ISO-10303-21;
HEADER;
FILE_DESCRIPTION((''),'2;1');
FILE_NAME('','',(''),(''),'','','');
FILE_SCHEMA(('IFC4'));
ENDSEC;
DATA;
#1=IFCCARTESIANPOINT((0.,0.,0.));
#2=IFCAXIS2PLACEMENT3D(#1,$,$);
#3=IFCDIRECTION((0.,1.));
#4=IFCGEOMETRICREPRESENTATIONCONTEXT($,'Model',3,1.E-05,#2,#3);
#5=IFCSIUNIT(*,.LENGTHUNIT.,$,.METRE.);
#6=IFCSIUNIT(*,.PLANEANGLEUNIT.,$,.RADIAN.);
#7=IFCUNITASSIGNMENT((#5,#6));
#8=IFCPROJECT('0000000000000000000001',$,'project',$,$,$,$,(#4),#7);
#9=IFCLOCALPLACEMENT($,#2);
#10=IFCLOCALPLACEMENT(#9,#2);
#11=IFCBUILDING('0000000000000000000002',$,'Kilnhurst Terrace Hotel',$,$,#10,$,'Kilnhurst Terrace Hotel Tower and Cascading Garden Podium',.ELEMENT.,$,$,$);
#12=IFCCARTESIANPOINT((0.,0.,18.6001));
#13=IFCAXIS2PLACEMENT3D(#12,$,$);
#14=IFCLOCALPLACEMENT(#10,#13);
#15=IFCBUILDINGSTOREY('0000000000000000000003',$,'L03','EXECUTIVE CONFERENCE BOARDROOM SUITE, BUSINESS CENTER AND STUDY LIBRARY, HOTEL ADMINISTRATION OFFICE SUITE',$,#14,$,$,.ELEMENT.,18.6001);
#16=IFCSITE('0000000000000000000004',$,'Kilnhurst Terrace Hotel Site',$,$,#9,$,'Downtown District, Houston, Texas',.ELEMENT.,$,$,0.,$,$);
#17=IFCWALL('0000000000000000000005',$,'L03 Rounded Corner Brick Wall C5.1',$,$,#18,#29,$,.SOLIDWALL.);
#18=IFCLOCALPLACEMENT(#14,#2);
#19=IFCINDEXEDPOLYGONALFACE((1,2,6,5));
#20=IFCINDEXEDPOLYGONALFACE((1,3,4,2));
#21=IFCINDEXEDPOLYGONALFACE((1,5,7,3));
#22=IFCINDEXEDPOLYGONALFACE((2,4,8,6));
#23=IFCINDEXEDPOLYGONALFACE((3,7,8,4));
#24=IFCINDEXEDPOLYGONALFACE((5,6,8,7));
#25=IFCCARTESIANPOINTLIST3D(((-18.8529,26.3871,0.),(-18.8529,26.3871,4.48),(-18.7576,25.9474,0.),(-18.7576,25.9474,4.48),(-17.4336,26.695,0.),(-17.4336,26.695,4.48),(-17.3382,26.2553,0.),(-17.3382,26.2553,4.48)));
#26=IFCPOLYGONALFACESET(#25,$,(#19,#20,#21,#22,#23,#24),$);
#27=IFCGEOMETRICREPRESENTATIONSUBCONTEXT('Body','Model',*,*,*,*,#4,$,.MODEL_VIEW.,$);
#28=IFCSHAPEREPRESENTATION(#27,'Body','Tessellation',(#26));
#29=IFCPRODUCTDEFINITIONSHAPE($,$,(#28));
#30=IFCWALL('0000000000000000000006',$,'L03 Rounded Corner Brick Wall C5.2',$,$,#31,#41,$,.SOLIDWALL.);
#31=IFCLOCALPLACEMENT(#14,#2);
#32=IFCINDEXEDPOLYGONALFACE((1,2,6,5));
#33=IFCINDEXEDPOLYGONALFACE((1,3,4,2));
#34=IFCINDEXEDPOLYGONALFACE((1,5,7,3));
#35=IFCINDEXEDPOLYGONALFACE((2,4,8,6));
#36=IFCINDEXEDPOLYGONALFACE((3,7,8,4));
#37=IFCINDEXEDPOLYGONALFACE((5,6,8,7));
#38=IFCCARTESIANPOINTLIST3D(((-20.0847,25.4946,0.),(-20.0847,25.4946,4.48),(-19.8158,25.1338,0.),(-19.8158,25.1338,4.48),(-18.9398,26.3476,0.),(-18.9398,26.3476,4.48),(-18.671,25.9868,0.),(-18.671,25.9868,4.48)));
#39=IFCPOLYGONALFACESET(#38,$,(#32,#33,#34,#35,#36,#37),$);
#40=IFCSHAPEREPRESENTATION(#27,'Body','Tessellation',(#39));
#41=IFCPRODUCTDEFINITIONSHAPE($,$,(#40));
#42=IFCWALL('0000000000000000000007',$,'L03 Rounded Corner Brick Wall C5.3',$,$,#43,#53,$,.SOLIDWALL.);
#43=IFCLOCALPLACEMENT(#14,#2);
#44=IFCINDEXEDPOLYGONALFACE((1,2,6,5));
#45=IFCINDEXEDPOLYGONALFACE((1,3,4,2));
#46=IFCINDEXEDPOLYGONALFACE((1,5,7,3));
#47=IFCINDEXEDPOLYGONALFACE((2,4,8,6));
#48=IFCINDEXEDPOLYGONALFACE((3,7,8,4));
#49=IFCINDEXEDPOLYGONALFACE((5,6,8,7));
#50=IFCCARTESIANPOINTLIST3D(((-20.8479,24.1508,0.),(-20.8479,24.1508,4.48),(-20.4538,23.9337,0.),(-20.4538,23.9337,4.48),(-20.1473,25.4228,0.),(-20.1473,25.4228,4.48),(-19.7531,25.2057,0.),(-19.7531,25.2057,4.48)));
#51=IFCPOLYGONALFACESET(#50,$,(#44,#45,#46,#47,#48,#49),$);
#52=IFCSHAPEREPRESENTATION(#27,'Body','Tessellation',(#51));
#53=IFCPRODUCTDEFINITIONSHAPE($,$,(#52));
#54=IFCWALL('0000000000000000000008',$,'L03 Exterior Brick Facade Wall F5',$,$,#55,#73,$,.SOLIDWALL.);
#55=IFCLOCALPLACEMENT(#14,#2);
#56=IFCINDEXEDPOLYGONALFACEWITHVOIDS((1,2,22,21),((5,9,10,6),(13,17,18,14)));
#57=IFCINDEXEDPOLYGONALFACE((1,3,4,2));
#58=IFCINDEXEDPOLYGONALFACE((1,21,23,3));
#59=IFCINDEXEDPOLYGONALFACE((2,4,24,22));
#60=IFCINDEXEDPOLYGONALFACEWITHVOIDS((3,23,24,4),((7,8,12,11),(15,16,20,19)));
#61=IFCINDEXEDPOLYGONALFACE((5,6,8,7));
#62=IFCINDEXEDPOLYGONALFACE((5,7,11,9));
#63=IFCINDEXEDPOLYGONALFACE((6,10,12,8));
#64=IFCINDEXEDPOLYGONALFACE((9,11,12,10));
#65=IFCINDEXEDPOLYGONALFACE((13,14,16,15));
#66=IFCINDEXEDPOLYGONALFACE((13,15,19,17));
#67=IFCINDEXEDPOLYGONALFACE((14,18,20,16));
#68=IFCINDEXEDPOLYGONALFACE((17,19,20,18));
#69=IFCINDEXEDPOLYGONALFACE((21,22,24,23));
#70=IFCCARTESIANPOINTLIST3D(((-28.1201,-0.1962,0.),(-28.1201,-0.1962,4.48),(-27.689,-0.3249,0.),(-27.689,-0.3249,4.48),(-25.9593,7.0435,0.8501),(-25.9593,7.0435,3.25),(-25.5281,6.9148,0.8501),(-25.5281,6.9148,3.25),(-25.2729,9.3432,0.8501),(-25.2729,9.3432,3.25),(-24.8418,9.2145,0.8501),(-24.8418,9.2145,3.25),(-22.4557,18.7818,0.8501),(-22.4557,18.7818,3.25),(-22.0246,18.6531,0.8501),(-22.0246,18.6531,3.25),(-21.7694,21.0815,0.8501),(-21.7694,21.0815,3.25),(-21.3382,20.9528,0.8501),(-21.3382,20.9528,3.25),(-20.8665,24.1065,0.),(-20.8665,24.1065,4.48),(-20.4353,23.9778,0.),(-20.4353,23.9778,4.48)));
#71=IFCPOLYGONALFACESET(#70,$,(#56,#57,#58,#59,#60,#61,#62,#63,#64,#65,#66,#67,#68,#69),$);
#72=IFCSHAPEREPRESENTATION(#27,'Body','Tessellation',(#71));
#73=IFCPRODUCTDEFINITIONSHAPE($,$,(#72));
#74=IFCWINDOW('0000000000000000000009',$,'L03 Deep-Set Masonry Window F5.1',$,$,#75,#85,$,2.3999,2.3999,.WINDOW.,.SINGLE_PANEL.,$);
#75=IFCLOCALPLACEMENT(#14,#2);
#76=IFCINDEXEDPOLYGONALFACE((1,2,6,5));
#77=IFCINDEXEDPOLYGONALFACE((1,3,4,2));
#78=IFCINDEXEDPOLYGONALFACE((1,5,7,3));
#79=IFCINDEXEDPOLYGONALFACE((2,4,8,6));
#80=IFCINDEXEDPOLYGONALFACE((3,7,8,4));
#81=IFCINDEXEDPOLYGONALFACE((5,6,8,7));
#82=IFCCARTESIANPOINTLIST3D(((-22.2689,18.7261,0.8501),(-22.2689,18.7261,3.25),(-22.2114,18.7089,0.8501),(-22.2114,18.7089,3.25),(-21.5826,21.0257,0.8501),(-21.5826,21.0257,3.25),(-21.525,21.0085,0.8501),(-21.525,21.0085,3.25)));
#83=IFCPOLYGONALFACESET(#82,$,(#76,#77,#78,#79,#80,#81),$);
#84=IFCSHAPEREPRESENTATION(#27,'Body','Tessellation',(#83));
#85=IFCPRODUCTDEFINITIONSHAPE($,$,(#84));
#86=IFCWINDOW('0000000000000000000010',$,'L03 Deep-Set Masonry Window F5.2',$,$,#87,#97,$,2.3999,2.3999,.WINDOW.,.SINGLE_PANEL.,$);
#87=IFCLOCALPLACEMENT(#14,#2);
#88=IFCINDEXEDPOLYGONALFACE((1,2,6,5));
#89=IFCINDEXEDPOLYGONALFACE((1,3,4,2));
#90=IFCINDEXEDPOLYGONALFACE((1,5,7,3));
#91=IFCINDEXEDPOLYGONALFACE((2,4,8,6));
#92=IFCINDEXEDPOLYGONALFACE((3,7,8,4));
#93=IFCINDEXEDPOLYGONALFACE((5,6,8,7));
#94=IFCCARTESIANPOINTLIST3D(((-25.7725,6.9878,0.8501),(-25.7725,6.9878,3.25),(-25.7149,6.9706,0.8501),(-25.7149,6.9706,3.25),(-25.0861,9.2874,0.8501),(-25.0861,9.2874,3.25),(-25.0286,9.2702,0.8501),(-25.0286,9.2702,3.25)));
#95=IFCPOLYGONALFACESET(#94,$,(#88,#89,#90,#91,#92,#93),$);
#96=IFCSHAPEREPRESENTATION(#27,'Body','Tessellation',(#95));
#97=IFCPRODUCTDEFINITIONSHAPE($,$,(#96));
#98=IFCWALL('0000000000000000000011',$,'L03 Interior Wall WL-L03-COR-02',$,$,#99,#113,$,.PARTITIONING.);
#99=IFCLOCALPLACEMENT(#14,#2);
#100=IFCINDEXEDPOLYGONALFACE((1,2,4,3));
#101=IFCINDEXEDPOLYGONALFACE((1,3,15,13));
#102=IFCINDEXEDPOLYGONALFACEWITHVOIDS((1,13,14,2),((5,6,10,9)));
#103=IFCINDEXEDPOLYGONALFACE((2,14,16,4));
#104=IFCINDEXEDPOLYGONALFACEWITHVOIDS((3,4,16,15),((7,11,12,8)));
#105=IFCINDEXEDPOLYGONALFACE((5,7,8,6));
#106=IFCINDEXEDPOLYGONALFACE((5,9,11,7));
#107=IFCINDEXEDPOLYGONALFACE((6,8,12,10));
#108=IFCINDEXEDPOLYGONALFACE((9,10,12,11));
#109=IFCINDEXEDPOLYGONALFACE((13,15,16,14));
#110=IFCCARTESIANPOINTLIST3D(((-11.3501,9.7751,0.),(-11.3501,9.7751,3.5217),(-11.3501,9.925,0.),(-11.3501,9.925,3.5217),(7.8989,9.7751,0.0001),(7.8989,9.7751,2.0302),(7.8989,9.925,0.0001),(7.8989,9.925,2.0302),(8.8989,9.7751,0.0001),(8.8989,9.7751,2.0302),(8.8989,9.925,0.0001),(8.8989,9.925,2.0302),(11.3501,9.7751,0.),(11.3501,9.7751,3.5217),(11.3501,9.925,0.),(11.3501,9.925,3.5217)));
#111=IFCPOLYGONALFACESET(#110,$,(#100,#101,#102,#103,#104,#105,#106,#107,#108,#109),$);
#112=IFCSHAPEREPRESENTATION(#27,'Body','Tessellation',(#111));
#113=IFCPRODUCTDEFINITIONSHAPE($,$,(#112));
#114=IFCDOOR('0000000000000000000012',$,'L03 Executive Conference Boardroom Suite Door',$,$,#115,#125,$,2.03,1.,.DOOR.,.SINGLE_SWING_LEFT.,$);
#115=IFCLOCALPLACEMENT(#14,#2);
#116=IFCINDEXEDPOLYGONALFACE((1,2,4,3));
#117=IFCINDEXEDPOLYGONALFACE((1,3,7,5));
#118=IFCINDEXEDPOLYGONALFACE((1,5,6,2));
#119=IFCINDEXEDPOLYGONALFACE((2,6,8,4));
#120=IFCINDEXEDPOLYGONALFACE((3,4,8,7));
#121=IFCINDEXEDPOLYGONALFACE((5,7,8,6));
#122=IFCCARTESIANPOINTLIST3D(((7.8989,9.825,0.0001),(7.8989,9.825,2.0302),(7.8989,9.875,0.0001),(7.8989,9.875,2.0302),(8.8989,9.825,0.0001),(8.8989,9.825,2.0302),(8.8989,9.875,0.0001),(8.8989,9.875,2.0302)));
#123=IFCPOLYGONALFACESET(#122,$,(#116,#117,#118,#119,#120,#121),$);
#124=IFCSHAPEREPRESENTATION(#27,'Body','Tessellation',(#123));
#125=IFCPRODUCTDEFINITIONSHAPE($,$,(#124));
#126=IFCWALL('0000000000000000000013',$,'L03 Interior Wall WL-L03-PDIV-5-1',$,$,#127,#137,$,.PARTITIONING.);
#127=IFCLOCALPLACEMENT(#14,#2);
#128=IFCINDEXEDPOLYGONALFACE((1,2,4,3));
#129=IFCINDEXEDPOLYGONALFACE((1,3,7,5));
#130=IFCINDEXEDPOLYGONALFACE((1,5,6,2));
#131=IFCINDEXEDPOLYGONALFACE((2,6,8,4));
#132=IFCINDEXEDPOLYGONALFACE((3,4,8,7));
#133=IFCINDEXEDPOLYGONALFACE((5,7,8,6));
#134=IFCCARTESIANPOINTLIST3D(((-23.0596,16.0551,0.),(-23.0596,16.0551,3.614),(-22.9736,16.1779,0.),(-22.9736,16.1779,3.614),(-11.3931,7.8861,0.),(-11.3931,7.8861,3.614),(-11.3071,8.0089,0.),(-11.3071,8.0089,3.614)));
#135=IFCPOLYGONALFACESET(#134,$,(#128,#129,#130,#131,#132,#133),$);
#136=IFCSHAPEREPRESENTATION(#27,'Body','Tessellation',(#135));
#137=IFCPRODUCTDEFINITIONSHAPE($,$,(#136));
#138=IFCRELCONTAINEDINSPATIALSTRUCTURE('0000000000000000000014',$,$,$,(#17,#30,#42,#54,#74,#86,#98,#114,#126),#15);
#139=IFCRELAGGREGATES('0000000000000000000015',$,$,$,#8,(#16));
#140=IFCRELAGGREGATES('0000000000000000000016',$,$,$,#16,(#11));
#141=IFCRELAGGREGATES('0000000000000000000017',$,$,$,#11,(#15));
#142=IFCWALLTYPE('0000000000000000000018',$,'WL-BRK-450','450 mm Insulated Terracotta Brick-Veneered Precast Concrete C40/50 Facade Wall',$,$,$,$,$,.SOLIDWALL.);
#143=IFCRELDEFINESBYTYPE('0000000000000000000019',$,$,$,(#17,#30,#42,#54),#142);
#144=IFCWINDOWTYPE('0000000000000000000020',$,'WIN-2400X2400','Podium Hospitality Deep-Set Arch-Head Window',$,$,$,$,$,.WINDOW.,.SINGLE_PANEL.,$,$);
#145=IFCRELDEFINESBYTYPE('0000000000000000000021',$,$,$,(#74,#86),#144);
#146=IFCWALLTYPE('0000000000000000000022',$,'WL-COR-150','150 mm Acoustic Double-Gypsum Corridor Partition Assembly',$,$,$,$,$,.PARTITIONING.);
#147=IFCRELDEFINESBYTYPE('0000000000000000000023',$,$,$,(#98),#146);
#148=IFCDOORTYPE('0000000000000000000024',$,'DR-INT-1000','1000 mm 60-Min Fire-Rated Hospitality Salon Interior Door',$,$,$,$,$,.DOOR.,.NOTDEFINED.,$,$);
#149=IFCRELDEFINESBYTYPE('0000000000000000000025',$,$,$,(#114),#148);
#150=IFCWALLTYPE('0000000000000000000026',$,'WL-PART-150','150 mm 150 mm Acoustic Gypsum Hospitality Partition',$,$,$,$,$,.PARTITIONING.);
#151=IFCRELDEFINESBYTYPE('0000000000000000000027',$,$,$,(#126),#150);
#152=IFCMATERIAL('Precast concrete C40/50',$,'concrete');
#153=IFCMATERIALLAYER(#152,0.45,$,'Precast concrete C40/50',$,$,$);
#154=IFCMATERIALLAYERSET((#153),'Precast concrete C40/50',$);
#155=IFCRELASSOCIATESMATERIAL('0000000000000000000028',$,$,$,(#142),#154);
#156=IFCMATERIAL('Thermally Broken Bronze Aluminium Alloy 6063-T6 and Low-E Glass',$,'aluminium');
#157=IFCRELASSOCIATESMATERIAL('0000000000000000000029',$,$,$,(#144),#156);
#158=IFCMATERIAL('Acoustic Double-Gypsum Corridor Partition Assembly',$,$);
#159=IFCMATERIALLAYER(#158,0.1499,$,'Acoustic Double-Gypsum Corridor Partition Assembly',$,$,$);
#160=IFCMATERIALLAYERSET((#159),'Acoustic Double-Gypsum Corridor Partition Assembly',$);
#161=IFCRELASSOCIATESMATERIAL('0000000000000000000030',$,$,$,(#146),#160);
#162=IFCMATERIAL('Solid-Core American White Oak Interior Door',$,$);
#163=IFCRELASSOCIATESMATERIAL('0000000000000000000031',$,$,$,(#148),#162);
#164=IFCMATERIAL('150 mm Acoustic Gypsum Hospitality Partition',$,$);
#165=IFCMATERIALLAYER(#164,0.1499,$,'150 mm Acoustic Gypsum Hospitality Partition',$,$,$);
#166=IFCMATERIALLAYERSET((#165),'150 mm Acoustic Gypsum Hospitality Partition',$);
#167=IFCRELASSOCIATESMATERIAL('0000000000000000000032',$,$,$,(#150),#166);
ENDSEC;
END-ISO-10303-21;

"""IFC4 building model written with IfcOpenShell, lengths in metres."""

from ifc_helpers import new_model, si_unit, direction, frame, frame_2d, origin, place, context, subcontext, project, spatial, rectangle, extrude, material, layer, layer_set, type_object, element, fill, save


model = new_model("IFC4")

# Units and contexts
model_context = context("Model", 3, precision=1e-05, world=origin(), true_north=direction((0.0, 1.0)))
body_context = subcontext(model_context, "Body", "Model", "MODEL_VIEW")
ifc_project = project(units=[si_unit("LENGTHUNIT", "METRE"), si_unit("PLANEANGLEUNIT", "RADIAN")], contexts=[model_context])

# Site, building, storey
site_placement = place(None, origin())
site = spatial("IfcSite", under=ifc_project, at=site_placement, Name="Kilnhurst Terrace Hotel Site", LongName="Downtown District, Houston, Texas", CompositionType="ELEMENT", RefElevation=0.0)
building_placement = place(site_placement, origin())
building = spatial("IfcBuilding", under=site, at=building_placement, Name="Kilnhurst Terrace Hotel", LongName="Kilnhurst Terrace Hotel Tower and Cascading Garden Podium", CompositionType="ELEMENT")
storey_placement = place(building_placement, frame((0.0, 0.0, 18.6001)))
storey = spatial("IfcBuildingStorey", under=building, at=storey_placement, Name="L03", Description="EXECUTIVE CONFERENCE BOARDROOM SUITE, BUSINESS CENTER AND STUDY LIBRARY, HOTEL ADMINISTRATION OFFICE SUITE", CompositionType="ELEMENT", Elevation=18.6001)

# Walls
ifc_material_1 = material(Name="Precast concrete C40/50", Category="concrete")
ifc_layer_1 = layer(ifc_material_1, 0.45, Name="Precast concrete C40/50")
ifc_layer_set_1 = layer_set([ifc_layer_1], Name="Precast concrete C40/50")
wall_type_1 = type_object("IfcWallType", Name="WL-BRK-450", Description="450 mm Insulated Terracotta Brick-Veneered Precast Concrete C40/50 Facade Wall", PredefinedType="SOLIDWALL", material=ifc_layer_set_1)
wall_1_placement = place(storey_placement, frame((-17.386, 26.4751, 0.0), z_axis=(0.0, 0.0, 1.0), x_axis=(-0.977278, -0.211962, 0.0)))
element("IfcWall", 1, at=wall_1_placement, inside=storey, type_object=wall_type_1, Name="L03 Rounded Corner Brick Wall C5.1", PredefinedType="SOLIDWALL", context=body_context, shape_type="SweptSolid", body=[
    extrude(rectangle(XDim=1.4524, YDim=0.45, at=frame_2d((0.7261, 0.0))), origin(), (0.0, 0.0, 1.0), 4.48),
])
wall_2_placement = place(storey_placement, frame((-18.8054, 26.1672, 0.0), z_axis=(0.0, 0.0, 1.0), x_axis=(-0.801864, -0.597507, 0.0)))
element("IfcWall", 2, at=wall_2_placement, inside=storey, type_object=wall_type_1, Name="L03 Rounded Corner Brick Wall C5.2", PredefinedType="SOLIDWALL", context=body_context, shape_type="SweptSolid", body=[
    extrude(rectangle(XDim=1.4277, YDim=0.45, at=frame_2d((0.7139, 0.0))), origin(), (0.0, 0.0, 1.0), 4.48),
])
wall_3_placement = place(storey_placement, frame((-19.9502, 25.3142, 0.0), z_axis=(0.0, 0.0, 1.0), x_axis=(-0.482499, -0.875896, 0.0)))
element("IfcWall", 3, at=wall_3_placement, inside=storey, type_object=wall_type_1, Name="L03 Rounded Corner Brick Wall C5.3", PredefinedType="SOLIDWALL", context=body_context, shape_type="SweptSolid", body=[
    extrude(rectangle(XDim=1.4521, YDim=0.45, at=frame_2d((0.7261, 0.0))), origin(), (0.0, 0.0, 1.0), 4.48),
])

# Wall, openings, windows
wall_4_placement = place(storey_placement, frame((-20.6509, 24.0422, 0.0), z_axis=(0.0, 0.0, 1.0), x_axis=(-0.286003, -0.958229, 0.0)))
wall_4 = element("IfcWall", 4, at=wall_4_placement, inside=storey, type_object=wall_type_1, Name="L03 Exterior Brick Facade Wall F5", PredefinedType="SOLIDWALL", context=body_context, shape_type="SweptSolid", body=[
    extrude(rectangle(XDim=25.3621, YDim=0.45, at=frame_2d((12.6812, 0.0))), origin(), (0.0, 0.0, 1.0), 4.48),
])
opening_1_placement = place(wall_4_placement, frame((3.157, 0.0, 0.8501)))
opening_1 = element("IfcOpeningElement", 5, at=opening_1_placement, cuts=wall_4, PredefinedType="OPENING", context=body_context, shape_type="SweptSolid", body=[
    extrude(rectangle(XDim=2.3999, YDim=2.3999, at=frame_2d((1.2, 1.2))), frame((0.0, 0.2349, 0.0), z_axis=(0.0, -1.0, 0.0), x_axis=(1.0, 0.0, 0.0)), (0.0, 0.0, 1.0), 0.47),
])
opening_2_placement = place(wall_4_placement, frame((15.407, 0.0, 0.8501)))
opening_2 = element("IfcOpeningElement", 6, at=opening_2_placement, cuts=wall_4, PredefinedType="OPENING", context=body_context, shape_type="SweptSolid", body=[
    extrude(rectangle(XDim=2.3999, YDim=2.3999, at=frame_2d((1.2, 1.2))), frame((0.0, 0.2349, 0.0), z_axis=(0.0, -1.0, 0.0), x_axis=(1.0, 0.0, 0.0)), (0.0, 0.0, 1.0), 0.47),
])
ifc_material_2 = material(Name="Thermally Broken Bronze Aluminium Alloy 6063-T6 and Low-E Glass", Category="aluminium")
window_type = type_object("IfcWindowType", Name="WIN-2400X2400", Description="Podium Hospitality Deep-Set Arch-Head Window", PartitioningType="SINGLE_PANEL", PredefinedType="WINDOW", material=ifc_material_2)
window_1_placement = place(opening_1_placement, origin())
window_1 = element("IfcWindow", 7, at=window_1_placement, inside=storey, type_object=window_type, Name="L03 Deep-Set Masonry Window F5.1", OverallHeight=2.3999, OverallWidth=2.3999, PartitioningType="SINGLE_PANEL", PredefinedType="WINDOW", context=body_context, shape_type="SweptSolid", body=[
    extrude(rectangle(XDim=2.3999, YDim=2.3999, at=frame_2d((1.2, 1.2))), frame((0.0, 0.03, 0.0), z_axis=(0.0, -1.0, 0.0), x_axis=(1.0, 0.0, 0.0)), (0.0, 0.0, 1.0), 0.0601),
])
fill(opening_1, window_1)
window_2_placement = place(opening_2_placement, origin())
window_2 = element("IfcWindow", 8, at=window_2_placement, inside=storey, type_object=window_type, Name="L03 Deep-Set Masonry Window F5.2", OverallHeight=2.3999, OverallWidth=2.3999, PartitioningType="SINGLE_PANEL", PredefinedType="WINDOW", context=body_context, shape_type="SweptSolid", body=[
    extrude(rectangle(XDim=2.3999, YDim=2.3999, at=frame_2d((1.2, 1.2))), frame((0.0, 0.03, 0.0), z_axis=(0.0, -1.0, 0.0), x_axis=(1.0, 0.0, 0.0)), (0.0, 0.0, 1.0), 0.0601),
])
fill(opening_2, window_2)

# Wall, opening, door
ifc_material_3 = material(Name="Acoustic Double-Gypsum Corridor Partition Assembly")
ifc_layer_2 = layer(ifc_material_3, 0.1499, Name="Acoustic Double-Gypsum Corridor Partition Assembly")
ifc_layer_set_2 = layer_set([ifc_layer_2], Name="Acoustic Double-Gypsum Corridor Partition Assembly")
wall_type_2 = type_object("IfcWallType", Name="WL-COR-150", Description="150 mm Acoustic Double-Gypsum Corridor Partition Assembly", PredefinedType="PARTITIONING", material=ifc_layer_set_2)
wall_5_placement = place(storey_placement, frame((-11.3501, 9.8501, 0.0), z_axis=(0.0, 0.0, 1.0), x_axis=(1.0, 0.0, 0.0)))
wall_5 = element("IfcWall", 9, at=wall_5_placement, inside=storey, type_object=wall_type_2, Name="L03 Interior Wall WL-L03-COR-02", PredefinedType="PARTITIONING", context=body_context, shape_type="SweptSolid", body=[
    extrude(rectangle(XDim=22.7002, YDim=0.1499, at=frame_2d((11.3501, 0.0))), origin(), (0.0, 0.0, 1.0), 3.5217),
])
opening_3_placement = place(wall_5_placement, frame((19.249, 0.0, 0.0)))
opening_3 = element("IfcOpeningElement", 10, at=opening_3_placement, cuts=wall_5, PredefinedType="OPENING", context=body_context, shape_type="SweptSolid", body=[
    extrude(rectangle(XDim=1.0, YDim=2.03, at=frame_2d((0.5, 1.0151))), frame((0.0, 0.085, 0.0), z_axis=(0.0, -1.0, 0.0), x_axis=(1.0, 0.0, 0.0)), (0.0, 0.0, 1.0), 0.1699),
])
ifc_material_4 = material(Name="Solid-Core American White Oak Interior Door")
door_type = type_object("IfcDoorType", Name="DR-INT-1000", Description="1000 mm 60-Min Fire-Rated Hospitality Salon Interior Door", OperationType="NOTDEFINED", PredefinedType="DOOR", material=ifc_material_4)
door_placement = place(opening_3_placement, origin())
door = element("IfcDoor", 11, at=door_placement, inside=storey, type_object=door_type, Name="L03 Executive Conference Boardroom Suite Door", OperationType="SINGLE_SWING_LEFT", OverallHeight=2.03, OverallWidth=1.0, PredefinedType="DOOR", context=body_context, shape_type="SweptSolid", body=[
    extrude(rectangle(XDim=1.0, YDim=2.03, at=frame_2d((0.5, 1.0151))), frame((0.0, 0.0249, 0.0), z_axis=(0.0, -1.0, 0.0), x_axis=(1.0, 0.0, 0.0)), (0.0, 0.0, 1.0), 0.05),
])
fill(opening_3, door)

# Wall
ifc_material_5 = material(Name="150 mm Acoustic Gypsum Hospitality Partition")
ifc_layer_3 = layer(ifc_material_5, 0.1499, Name="150 mm Acoustic Gypsum Hospitality Partition")
ifc_layer_set_3 = layer_set([ifc_layer_3], Name="150 mm Acoustic Gypsum Hospitality Partition")
wall_type_3 = type_object("IfcWallType", Name="WL-PART-150", Description="150 mm 150 mm Acoustic Gypsum Hospitality Partition", PredefinedType="PARTITIONING", material=ifc_layer_set_3)
wall_6_placement = place(storey_placement, frame((-11.3501, 7.9475, 0.0), z_axis=(0.0, 0.0, 1.0), x_axis=(-0.819153, 0.573575, 0.0)))
element("IfcWall", 12, at=wall_6_placement, inside=storey, type_object=wall_type_3, Name="L03 Interior Wall WL-L03-PDIV-5-1", PredefinedType="PARTITIONING", context=body_context, shape_type="SweptSolid", body=[
    extrude(rectangle(XDim=14.2422, YDim=0.1499, at=frame_2d((7.1211, 0.0))), origin(), (0.0, 0.0, 1.0), 3.614),
])

save(model, "model.ifc")
